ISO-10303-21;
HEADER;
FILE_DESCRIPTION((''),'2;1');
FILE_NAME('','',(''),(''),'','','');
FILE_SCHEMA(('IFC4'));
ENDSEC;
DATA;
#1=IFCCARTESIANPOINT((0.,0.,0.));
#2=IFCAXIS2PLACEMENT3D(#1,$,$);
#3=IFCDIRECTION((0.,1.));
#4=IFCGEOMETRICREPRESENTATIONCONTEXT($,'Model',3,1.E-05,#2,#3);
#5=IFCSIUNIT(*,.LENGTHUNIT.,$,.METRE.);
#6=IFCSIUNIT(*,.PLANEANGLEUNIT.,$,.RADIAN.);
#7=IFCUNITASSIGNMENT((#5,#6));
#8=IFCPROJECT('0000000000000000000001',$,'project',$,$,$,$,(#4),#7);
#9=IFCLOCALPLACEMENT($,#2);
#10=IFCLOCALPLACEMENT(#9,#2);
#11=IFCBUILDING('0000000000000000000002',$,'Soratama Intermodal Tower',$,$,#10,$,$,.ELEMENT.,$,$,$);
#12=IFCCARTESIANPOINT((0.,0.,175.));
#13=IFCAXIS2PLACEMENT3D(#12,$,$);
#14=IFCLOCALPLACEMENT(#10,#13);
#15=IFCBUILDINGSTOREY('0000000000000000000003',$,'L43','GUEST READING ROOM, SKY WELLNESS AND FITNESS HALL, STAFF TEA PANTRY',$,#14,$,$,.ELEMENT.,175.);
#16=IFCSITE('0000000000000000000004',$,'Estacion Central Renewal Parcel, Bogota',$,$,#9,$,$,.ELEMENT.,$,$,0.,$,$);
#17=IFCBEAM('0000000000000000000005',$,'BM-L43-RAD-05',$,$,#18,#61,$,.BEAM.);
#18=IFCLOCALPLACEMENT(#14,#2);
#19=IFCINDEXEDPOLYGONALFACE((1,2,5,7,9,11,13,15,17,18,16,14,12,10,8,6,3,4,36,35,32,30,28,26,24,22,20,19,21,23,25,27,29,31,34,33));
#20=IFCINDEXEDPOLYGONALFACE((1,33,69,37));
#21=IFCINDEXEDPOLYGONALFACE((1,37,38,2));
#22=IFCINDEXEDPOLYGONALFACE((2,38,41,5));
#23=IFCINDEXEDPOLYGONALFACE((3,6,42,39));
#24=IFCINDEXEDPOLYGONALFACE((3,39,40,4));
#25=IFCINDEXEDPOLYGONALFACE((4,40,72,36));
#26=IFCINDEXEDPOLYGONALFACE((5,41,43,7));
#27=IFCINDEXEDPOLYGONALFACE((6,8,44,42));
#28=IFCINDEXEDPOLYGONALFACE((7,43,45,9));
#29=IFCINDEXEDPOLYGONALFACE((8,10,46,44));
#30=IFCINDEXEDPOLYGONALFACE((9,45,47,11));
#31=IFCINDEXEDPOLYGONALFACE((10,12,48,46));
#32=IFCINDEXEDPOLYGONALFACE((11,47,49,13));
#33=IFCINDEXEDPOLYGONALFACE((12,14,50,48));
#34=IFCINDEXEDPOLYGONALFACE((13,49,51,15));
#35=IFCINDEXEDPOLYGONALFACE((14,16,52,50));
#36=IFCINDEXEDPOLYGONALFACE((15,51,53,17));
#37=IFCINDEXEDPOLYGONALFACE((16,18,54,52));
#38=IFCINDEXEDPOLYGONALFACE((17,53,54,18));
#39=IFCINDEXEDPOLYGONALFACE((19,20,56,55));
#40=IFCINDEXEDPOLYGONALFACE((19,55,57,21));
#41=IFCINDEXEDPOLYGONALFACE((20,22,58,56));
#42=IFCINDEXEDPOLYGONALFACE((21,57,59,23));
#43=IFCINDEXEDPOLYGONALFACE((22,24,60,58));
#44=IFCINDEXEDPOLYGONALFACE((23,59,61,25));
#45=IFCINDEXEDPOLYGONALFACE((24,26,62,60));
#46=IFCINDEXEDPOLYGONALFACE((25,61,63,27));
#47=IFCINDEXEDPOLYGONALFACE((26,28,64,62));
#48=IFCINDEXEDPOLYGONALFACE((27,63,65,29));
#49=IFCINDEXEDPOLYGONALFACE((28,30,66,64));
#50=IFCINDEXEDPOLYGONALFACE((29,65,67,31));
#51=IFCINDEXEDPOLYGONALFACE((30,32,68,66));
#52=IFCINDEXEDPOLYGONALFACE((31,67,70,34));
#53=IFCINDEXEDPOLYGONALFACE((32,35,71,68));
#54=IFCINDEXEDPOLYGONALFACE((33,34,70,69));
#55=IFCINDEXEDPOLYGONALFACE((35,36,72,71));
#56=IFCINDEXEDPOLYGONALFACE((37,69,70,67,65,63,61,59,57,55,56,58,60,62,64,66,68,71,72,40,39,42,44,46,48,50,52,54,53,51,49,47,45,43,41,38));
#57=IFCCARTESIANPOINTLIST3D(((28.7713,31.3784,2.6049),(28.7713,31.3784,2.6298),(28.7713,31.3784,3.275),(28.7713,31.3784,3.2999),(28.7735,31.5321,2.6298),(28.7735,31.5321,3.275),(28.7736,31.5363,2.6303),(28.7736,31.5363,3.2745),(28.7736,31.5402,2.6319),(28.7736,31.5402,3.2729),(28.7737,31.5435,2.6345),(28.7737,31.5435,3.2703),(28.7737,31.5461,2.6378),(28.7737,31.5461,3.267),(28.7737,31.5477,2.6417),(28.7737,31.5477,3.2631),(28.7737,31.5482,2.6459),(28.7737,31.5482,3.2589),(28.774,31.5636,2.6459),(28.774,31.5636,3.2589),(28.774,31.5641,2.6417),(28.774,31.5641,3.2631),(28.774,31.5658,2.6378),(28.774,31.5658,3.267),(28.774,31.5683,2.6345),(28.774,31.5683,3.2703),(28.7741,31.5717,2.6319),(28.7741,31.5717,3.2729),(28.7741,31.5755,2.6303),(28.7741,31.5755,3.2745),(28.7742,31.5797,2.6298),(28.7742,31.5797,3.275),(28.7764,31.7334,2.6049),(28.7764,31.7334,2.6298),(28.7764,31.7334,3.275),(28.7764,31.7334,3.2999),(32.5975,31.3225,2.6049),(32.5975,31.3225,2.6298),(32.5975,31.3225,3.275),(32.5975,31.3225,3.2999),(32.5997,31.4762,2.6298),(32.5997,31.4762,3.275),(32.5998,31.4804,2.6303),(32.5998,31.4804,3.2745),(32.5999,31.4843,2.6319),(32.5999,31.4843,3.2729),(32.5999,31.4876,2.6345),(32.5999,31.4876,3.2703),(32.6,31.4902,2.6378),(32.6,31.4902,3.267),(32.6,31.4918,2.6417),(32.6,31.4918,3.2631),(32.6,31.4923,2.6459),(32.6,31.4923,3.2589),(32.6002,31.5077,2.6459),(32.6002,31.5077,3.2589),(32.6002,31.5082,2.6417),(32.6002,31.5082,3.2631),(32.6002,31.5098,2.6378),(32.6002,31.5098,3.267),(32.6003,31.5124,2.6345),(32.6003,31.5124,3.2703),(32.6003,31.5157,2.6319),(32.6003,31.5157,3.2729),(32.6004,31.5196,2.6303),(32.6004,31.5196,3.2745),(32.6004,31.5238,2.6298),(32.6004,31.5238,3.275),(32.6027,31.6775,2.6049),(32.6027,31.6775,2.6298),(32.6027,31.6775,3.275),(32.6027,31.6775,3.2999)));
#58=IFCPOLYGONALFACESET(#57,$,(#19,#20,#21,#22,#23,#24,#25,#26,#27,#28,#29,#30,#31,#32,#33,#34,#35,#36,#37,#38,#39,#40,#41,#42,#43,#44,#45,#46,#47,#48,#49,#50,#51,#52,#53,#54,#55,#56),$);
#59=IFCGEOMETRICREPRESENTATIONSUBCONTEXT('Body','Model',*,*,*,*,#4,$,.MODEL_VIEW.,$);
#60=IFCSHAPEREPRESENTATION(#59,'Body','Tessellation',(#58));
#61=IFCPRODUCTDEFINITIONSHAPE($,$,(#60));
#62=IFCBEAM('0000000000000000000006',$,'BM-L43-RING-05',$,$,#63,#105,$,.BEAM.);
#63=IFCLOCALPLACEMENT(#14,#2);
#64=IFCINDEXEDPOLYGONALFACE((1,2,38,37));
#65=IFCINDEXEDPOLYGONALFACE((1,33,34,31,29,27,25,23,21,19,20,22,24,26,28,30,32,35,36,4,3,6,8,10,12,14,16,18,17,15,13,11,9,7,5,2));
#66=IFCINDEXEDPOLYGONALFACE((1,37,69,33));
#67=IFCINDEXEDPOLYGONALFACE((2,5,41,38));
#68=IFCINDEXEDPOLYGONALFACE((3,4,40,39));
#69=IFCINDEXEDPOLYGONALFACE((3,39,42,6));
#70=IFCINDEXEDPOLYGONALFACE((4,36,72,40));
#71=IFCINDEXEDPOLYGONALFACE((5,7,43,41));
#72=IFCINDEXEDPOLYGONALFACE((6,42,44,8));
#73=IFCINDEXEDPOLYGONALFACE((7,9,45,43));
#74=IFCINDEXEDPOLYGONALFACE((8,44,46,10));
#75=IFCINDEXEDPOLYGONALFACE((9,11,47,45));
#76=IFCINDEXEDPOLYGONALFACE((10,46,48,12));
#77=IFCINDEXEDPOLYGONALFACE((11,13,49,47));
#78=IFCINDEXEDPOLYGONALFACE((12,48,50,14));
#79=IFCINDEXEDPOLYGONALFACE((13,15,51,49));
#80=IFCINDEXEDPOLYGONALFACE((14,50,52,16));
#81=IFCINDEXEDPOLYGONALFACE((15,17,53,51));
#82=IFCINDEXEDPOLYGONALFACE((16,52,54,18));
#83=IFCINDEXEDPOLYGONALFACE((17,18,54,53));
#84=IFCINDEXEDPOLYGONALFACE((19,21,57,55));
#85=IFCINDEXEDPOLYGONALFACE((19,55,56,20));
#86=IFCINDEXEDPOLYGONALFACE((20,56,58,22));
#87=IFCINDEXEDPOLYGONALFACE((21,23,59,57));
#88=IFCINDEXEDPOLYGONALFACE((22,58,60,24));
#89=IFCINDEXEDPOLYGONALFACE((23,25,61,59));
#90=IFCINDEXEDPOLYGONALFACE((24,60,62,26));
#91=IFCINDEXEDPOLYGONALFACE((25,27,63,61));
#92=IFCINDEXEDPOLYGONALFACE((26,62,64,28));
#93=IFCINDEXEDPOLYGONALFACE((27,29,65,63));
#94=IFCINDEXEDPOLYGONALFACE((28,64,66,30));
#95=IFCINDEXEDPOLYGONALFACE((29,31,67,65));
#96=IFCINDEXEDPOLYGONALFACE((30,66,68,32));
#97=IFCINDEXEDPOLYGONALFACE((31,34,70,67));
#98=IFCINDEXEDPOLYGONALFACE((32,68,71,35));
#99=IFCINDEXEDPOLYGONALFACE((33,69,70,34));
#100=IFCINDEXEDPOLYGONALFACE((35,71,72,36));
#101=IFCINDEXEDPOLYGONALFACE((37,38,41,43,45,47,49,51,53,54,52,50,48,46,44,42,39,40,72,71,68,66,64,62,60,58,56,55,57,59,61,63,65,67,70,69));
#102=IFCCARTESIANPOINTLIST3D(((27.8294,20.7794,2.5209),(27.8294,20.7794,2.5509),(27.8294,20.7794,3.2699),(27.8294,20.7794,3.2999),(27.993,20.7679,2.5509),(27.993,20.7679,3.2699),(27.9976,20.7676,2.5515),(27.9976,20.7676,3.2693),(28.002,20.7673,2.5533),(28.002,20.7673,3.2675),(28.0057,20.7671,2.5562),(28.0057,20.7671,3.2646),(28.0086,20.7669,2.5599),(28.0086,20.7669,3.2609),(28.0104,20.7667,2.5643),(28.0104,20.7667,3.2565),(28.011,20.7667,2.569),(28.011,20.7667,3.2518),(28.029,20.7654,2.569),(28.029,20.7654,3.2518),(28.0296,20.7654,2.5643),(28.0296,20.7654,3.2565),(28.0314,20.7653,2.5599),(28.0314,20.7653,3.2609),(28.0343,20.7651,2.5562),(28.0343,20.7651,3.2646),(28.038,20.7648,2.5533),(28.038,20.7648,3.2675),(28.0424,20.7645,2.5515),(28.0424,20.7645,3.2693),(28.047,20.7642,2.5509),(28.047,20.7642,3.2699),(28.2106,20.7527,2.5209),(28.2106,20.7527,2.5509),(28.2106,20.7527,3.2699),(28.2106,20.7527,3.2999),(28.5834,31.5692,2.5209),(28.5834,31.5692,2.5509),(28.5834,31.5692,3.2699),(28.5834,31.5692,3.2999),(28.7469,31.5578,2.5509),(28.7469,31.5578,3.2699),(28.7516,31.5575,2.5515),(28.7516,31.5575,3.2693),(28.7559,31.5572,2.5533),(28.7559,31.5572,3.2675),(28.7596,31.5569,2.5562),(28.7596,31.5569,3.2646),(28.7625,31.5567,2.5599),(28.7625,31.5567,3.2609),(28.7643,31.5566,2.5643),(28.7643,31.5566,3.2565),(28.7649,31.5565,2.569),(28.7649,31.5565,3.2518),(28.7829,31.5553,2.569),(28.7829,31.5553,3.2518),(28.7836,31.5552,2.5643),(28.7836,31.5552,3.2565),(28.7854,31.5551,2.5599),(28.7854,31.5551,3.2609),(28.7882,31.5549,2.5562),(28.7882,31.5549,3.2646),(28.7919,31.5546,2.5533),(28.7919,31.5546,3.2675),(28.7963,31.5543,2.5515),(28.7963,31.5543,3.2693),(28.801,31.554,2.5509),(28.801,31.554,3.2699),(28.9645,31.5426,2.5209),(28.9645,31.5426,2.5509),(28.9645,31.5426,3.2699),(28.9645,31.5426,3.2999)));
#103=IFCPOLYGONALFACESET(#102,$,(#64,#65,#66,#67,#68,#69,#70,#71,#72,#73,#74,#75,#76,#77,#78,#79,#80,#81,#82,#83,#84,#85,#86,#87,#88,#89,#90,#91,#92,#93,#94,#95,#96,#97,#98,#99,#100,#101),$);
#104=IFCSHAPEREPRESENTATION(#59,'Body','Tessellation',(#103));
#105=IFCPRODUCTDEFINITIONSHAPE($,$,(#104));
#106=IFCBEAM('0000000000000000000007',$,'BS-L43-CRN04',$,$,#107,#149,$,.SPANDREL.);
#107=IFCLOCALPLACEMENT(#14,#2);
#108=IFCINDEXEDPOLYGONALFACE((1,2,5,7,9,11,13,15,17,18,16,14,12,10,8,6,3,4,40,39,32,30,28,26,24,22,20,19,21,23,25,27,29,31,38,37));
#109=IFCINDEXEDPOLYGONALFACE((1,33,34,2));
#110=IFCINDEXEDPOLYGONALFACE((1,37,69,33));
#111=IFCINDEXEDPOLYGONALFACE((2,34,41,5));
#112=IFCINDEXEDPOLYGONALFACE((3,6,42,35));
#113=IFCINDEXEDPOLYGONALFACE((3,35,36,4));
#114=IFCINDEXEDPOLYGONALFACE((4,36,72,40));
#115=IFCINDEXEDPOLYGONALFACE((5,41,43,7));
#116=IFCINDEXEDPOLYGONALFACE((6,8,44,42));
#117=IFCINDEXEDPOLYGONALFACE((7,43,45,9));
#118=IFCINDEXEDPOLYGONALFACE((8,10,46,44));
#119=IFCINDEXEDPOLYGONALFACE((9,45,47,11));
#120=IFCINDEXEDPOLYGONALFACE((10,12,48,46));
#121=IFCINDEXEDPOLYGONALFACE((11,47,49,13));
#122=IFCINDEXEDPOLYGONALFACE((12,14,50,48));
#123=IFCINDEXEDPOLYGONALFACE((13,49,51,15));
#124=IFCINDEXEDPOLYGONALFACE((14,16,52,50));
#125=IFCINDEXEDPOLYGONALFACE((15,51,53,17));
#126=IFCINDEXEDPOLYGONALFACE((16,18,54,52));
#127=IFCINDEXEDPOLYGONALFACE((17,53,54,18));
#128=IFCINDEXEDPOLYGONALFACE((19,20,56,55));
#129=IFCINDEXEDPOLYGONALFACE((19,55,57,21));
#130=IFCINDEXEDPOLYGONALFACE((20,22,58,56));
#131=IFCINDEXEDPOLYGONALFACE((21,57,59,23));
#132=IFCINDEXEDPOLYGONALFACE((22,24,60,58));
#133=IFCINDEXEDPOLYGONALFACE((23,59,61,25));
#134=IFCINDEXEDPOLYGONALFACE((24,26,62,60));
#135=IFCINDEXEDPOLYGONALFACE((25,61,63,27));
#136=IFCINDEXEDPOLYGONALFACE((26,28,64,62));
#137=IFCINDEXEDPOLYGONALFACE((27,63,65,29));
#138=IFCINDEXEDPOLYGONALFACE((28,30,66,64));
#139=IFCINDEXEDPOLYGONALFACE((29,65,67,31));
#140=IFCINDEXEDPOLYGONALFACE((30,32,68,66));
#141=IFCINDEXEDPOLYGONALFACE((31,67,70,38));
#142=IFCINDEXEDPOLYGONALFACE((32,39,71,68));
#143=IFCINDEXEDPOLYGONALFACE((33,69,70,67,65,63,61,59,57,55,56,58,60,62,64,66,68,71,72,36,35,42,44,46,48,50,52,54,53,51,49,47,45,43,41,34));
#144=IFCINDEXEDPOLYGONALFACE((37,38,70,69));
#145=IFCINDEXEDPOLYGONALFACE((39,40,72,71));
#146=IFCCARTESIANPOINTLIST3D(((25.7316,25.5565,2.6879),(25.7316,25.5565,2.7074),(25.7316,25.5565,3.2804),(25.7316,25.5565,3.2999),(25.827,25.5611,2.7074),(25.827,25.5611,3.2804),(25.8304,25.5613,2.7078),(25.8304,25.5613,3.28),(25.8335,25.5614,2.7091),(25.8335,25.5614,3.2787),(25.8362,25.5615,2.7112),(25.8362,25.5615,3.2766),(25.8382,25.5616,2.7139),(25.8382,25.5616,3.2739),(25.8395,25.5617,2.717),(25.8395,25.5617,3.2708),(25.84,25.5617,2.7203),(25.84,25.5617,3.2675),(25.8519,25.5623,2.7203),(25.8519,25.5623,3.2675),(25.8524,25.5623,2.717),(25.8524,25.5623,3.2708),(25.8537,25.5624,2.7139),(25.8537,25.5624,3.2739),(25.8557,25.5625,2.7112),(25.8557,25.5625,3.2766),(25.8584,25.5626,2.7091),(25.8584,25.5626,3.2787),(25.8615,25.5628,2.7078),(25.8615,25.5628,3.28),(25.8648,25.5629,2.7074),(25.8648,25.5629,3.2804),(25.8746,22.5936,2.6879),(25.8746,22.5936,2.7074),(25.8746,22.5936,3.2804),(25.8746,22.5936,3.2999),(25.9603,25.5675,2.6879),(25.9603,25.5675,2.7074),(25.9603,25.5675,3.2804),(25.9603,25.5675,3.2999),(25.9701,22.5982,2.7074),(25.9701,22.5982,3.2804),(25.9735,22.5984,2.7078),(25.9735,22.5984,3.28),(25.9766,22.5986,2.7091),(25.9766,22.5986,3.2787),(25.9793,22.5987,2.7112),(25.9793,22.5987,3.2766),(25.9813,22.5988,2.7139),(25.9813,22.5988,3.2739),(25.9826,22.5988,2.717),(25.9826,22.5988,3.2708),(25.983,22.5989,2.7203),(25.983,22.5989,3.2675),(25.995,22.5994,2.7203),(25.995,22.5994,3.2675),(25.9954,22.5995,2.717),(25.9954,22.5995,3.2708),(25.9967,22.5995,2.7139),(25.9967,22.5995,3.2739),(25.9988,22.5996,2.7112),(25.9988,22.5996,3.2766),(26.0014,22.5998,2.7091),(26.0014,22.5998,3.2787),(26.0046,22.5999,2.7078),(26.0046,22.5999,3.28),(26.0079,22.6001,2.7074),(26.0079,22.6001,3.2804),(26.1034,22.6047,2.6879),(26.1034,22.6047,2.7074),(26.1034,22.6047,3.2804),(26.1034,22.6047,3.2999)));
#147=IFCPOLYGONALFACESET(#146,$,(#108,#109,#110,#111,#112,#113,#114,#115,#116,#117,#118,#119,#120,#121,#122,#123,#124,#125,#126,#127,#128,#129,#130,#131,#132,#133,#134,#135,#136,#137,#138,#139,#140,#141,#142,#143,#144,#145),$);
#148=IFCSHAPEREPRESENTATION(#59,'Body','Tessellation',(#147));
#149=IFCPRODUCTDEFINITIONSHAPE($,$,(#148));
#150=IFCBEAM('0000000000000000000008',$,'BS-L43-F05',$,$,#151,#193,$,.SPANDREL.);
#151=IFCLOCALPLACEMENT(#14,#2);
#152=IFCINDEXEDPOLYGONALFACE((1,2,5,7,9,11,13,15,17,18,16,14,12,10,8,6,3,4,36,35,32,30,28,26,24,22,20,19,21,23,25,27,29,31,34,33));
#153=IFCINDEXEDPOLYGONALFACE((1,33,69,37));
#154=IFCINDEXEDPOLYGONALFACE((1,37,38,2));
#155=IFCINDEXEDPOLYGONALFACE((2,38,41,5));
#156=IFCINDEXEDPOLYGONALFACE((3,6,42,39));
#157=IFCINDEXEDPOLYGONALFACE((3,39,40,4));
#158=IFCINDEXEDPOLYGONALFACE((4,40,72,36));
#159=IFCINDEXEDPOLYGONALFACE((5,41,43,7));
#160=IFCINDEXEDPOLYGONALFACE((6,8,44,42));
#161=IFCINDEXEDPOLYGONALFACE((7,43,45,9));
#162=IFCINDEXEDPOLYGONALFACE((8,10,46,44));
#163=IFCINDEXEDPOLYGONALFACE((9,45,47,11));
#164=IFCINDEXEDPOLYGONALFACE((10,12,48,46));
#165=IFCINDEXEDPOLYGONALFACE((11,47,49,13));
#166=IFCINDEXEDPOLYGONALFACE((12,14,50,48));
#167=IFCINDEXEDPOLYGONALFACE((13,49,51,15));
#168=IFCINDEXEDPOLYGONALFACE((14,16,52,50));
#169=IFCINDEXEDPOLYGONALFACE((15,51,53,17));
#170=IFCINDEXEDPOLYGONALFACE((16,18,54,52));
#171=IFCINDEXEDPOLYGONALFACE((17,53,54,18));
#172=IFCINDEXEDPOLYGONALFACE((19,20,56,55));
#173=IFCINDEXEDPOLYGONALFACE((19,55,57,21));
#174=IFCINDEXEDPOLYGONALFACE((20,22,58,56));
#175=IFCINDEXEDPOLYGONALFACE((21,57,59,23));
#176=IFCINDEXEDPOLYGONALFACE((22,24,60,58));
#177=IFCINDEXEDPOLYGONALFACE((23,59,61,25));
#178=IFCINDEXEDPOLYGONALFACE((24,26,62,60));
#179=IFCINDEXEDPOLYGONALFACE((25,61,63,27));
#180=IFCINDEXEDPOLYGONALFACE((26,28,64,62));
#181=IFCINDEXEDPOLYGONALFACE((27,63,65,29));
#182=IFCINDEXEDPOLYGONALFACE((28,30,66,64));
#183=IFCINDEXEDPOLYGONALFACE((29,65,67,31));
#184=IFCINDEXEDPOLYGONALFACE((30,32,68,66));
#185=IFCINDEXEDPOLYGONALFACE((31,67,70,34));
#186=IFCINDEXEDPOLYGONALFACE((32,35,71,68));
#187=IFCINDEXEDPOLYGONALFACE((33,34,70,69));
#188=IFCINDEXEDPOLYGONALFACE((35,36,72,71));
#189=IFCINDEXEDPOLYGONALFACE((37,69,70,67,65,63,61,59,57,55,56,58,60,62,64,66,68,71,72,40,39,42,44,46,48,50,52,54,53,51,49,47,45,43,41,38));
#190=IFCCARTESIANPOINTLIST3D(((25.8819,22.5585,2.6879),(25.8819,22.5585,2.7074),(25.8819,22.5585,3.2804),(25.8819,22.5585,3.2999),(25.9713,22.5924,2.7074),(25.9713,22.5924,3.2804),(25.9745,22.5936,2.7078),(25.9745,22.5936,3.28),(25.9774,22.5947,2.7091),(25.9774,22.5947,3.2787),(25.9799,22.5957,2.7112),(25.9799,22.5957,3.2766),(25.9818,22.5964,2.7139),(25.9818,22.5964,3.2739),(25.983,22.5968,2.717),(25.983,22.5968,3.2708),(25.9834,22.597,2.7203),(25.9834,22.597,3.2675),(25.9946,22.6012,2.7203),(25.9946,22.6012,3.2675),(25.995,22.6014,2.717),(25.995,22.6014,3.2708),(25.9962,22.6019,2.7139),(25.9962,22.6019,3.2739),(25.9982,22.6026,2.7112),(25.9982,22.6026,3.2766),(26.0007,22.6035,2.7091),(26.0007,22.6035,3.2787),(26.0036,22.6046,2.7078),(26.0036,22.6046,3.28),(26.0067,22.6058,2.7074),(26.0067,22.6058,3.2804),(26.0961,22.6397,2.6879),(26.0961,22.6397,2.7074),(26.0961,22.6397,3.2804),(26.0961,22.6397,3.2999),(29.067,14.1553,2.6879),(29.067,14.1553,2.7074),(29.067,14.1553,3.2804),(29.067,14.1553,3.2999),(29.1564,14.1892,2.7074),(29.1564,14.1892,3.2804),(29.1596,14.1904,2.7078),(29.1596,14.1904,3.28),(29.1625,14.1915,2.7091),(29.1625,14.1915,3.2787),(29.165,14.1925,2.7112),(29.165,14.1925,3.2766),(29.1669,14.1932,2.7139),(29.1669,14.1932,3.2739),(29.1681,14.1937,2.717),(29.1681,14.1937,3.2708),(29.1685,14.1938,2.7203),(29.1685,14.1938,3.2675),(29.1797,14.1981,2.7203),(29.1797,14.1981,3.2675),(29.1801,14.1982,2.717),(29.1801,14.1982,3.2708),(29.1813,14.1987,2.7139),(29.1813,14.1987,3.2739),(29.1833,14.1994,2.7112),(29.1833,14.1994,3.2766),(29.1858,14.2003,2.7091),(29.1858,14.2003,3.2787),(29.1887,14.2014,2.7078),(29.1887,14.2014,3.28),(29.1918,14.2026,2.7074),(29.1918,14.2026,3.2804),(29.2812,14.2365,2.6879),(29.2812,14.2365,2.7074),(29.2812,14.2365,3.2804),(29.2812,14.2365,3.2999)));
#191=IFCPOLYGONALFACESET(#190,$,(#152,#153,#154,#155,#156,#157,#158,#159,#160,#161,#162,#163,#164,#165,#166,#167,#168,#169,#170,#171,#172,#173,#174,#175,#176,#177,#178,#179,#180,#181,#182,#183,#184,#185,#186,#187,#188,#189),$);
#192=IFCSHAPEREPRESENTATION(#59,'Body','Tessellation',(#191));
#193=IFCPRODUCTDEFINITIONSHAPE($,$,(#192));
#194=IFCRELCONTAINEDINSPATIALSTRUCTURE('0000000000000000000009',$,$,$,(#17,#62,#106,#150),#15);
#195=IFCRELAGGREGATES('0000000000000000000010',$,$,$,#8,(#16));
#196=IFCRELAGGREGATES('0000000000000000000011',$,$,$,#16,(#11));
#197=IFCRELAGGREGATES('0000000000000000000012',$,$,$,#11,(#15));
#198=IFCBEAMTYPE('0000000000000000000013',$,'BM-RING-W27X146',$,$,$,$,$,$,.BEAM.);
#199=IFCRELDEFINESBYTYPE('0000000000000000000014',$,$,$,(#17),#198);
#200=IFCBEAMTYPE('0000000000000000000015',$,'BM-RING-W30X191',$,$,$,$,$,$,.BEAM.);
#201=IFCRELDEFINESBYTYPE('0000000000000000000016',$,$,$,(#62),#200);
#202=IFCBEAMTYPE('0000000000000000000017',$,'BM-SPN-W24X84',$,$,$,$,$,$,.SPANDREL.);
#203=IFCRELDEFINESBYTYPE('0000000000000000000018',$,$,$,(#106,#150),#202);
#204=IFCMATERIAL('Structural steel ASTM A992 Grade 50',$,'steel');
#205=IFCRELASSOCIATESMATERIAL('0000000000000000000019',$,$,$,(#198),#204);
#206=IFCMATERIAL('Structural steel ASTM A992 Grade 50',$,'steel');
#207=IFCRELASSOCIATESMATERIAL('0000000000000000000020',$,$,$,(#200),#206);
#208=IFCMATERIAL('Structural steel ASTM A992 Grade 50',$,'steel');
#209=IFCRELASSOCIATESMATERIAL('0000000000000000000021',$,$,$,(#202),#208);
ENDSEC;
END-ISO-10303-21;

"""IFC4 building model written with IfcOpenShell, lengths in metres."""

from ifc_helpers import new_model, si_unit, direction, frame, origin, origin_2d, place, context, subcontext, project, spatial, i_section, extrude, material, material_profile, profile_set, type_object, element, save


model = new_model("IFC4")

# Units and contexts
model_context = context("Model", 3, precision=1e-05, world=origin(), true_north=direction((0.0, 1.0)))
body_context = subcontext(model_context, "Body", "Model", "MODEL_VIEW")
ifc_project = project(units=[si_unit("LENGTHUNIT", "METRE"), si_unit("PLANEANGLEUNIT", "RADIAN")], contexts=[model_context])

# Site, building, storey
site_placement = place(None, origin())
site = spatial("IfcSite", under=ifc_project, at=site_placement, Name="Estacion Central Renewal Parcel, Bogota", CompositionType="ELEMENT", RefElevation=0.0)
building_placement = place(site_placement, origin())
building = spatial("IfcBuilding", under=site, at=building_placement, Name="Soratama Intermodal Tower", CompositionType="ELEMENT")
storey_placement = place(building_placement, frame((0.0, 0.0, 175.0)))
storey = spatial("IfcBuildingStorey", under=building, at=storey_placement, Name="L43", Description="GUEST READING ROOM, SKY WELLNESS AND FITNESS HALL, STAFF TEA PANTRY", CompositionType="ELEMENT", Elevation=175.0)

# Beams
ifc_material_1 = material(Name="Structural steel ASTM A992 Grade 50", Category="steel")
ifc_material_profile_1 = material_profile(ifc_material_1, i_section(OverallWidth=0.355, OverallDepth=0.6951, WebThickness=0.0154, FlangeThickness=0.0249, FilletRadius=0.0161, at=origin_2d()), Name="W27X146")
ifc_profile_set_1 = profile_set([ifc_material_profile_1], Name="Structural steel ASTM A992 Grade 50")
beam_type_1 = type_object("IfcBeamType", Name="BM-RING-W27X146", PredefinedType="BEAM", material=ifc_profile_set_1)
beam_1_placement = place(storey_placement, frame((32.6001, 31.5, 2.9524), z_axis=(-0.999893, 0.01461, 0.0), x_axis=(-0.01461, -0.999893, 0.0)))
element("IfcBeam", 1, at=beam_1_placement, inside=storey, type_object=beam_type_1, Name="BM-L43-RAD-05", PredefinedType="BEAM", context=body_context, shape_type="SweptSolid", body=[
    extrude(i_section(OverallWidth=0.355, OverallDepth=0.6951, WebThickness=0.0154, FlangeThickness=0.0249, FilletRadius=0.0161, at=origin_2d()), origin(), (0.0, 0.0, 1.0), 3.8267),
])
ifc_material_2 = material(Name="Structural steel ASTM A992 Grade 50", Category="steel")
ifc_material_profile_2 = material_profile(ifc_material_2, i_section(OverallWidth=0.3821, OverallDepth=0.7791, WebThickness=0.0181, FlangeThickness=0.03, FilletRadius=0.0181, at=origin_2d()), Name="W30X191")
ifc_profile_set_2 = profile_set([ifc_material_profile_2], Name="Structural steel ASTM A992 Grade 50")
beam_type_2 = type_object("IfcBeamType", Name="BM-RING-W30X191", PredefinedType="BEAM", material=ifc_profile_set_2)
beam_2_placement = place(storey_placement, frame((28.7739, 31.5559, 2.9104), z_axis=(-0.069702, -0.997568, 0.0), x_axis=(0.997568, -0.069702, 0.0)))
element("IfcBeam", 2, at=beam_2_placement, inside=storey, type_object=beam_type_2, Name="BM-L43-RING-05", PredefinedType="BEAM", context=body_context, shape_type="SweptSolid", body=[
    extrude(i_section(OverallWidth=0.3821, OverallDepth=0.7791, WebThickness=0.0181, FlangeThickness=0.03, FilletRadius=0.0181, at=origin_2d()), origin(), (0.0, 0.0, 1.0), 10.8162),
])
ifc_material_3 = material(Name="Structural steel ASTM A992 Grade 50", Category="steel")
ifc_material_profile_3 = material_profile(ifc_material_3, i_section(OverallWidth=0.229, OverallDepth=0.6121, WebThickness=0.012, FlangeThickness=0.0195, FilletRadius=0.0129, at=origin_2d()), Name="W24X84")
ifc_profile_set_3 = profile_set([ifc_material_profile_3], Name="Structural steel ASTM A992 Grade 50")
beam_type_3 = type_object("IfcBeamType", Name="BM-SPN-W24X84", PredefinedType="SPANDREL", material=ifc_profile_set_3)
beam_3_placement = place(storey_placement, frame((25.8459, 25.562, 2.9939), z_axis=(0.04823, -0.998836, 0.0), x_axis=(0.998836, 0.04823, 0.0)))
element("IfcBeam", 3, at=beam_3_placement, inside=storey, type_object=beam_type_3, Name="BS-L43-CRN04", PredefinedType="SPANDREL", context=body_context, shape_type="SweptSolid", body=[
    extrude(i_section(OverallWidth=0.229, OverallDepth=0.6121, WebThickness=0.012, FlangeThickness=0.0195, FilletRadius=0.0129, at=origin_2d()), origin(), (0.0, 0.0, 1.0), 2.9663),
])
beam_4_placement = place(storey_placement, frame((25.989, 22.5991, 2.9939), z_axis=(0.354429, -0.935083, 0.0), x_axis=(0.935083, 0.354429, 0.0)))
element("IfcBeam", 4, at=beam_4_placement, inside=storey, type_object=beam_type_3, Name="BS-L43-F05", PredefinedType="SPANDREL", context=body_context, shape_type="SweptSolid", body=[
    extrude(i_section(OverallWidth=0.229, OverallDepth=0.6121, WebThickness=0.012, FlangeThickness=0.0195, FilletRadius=0.0129, at=origin_2d()), origin(), (0.0, 0.0, 1.0), 8.9866),
])

save(model, "model.ifc")
